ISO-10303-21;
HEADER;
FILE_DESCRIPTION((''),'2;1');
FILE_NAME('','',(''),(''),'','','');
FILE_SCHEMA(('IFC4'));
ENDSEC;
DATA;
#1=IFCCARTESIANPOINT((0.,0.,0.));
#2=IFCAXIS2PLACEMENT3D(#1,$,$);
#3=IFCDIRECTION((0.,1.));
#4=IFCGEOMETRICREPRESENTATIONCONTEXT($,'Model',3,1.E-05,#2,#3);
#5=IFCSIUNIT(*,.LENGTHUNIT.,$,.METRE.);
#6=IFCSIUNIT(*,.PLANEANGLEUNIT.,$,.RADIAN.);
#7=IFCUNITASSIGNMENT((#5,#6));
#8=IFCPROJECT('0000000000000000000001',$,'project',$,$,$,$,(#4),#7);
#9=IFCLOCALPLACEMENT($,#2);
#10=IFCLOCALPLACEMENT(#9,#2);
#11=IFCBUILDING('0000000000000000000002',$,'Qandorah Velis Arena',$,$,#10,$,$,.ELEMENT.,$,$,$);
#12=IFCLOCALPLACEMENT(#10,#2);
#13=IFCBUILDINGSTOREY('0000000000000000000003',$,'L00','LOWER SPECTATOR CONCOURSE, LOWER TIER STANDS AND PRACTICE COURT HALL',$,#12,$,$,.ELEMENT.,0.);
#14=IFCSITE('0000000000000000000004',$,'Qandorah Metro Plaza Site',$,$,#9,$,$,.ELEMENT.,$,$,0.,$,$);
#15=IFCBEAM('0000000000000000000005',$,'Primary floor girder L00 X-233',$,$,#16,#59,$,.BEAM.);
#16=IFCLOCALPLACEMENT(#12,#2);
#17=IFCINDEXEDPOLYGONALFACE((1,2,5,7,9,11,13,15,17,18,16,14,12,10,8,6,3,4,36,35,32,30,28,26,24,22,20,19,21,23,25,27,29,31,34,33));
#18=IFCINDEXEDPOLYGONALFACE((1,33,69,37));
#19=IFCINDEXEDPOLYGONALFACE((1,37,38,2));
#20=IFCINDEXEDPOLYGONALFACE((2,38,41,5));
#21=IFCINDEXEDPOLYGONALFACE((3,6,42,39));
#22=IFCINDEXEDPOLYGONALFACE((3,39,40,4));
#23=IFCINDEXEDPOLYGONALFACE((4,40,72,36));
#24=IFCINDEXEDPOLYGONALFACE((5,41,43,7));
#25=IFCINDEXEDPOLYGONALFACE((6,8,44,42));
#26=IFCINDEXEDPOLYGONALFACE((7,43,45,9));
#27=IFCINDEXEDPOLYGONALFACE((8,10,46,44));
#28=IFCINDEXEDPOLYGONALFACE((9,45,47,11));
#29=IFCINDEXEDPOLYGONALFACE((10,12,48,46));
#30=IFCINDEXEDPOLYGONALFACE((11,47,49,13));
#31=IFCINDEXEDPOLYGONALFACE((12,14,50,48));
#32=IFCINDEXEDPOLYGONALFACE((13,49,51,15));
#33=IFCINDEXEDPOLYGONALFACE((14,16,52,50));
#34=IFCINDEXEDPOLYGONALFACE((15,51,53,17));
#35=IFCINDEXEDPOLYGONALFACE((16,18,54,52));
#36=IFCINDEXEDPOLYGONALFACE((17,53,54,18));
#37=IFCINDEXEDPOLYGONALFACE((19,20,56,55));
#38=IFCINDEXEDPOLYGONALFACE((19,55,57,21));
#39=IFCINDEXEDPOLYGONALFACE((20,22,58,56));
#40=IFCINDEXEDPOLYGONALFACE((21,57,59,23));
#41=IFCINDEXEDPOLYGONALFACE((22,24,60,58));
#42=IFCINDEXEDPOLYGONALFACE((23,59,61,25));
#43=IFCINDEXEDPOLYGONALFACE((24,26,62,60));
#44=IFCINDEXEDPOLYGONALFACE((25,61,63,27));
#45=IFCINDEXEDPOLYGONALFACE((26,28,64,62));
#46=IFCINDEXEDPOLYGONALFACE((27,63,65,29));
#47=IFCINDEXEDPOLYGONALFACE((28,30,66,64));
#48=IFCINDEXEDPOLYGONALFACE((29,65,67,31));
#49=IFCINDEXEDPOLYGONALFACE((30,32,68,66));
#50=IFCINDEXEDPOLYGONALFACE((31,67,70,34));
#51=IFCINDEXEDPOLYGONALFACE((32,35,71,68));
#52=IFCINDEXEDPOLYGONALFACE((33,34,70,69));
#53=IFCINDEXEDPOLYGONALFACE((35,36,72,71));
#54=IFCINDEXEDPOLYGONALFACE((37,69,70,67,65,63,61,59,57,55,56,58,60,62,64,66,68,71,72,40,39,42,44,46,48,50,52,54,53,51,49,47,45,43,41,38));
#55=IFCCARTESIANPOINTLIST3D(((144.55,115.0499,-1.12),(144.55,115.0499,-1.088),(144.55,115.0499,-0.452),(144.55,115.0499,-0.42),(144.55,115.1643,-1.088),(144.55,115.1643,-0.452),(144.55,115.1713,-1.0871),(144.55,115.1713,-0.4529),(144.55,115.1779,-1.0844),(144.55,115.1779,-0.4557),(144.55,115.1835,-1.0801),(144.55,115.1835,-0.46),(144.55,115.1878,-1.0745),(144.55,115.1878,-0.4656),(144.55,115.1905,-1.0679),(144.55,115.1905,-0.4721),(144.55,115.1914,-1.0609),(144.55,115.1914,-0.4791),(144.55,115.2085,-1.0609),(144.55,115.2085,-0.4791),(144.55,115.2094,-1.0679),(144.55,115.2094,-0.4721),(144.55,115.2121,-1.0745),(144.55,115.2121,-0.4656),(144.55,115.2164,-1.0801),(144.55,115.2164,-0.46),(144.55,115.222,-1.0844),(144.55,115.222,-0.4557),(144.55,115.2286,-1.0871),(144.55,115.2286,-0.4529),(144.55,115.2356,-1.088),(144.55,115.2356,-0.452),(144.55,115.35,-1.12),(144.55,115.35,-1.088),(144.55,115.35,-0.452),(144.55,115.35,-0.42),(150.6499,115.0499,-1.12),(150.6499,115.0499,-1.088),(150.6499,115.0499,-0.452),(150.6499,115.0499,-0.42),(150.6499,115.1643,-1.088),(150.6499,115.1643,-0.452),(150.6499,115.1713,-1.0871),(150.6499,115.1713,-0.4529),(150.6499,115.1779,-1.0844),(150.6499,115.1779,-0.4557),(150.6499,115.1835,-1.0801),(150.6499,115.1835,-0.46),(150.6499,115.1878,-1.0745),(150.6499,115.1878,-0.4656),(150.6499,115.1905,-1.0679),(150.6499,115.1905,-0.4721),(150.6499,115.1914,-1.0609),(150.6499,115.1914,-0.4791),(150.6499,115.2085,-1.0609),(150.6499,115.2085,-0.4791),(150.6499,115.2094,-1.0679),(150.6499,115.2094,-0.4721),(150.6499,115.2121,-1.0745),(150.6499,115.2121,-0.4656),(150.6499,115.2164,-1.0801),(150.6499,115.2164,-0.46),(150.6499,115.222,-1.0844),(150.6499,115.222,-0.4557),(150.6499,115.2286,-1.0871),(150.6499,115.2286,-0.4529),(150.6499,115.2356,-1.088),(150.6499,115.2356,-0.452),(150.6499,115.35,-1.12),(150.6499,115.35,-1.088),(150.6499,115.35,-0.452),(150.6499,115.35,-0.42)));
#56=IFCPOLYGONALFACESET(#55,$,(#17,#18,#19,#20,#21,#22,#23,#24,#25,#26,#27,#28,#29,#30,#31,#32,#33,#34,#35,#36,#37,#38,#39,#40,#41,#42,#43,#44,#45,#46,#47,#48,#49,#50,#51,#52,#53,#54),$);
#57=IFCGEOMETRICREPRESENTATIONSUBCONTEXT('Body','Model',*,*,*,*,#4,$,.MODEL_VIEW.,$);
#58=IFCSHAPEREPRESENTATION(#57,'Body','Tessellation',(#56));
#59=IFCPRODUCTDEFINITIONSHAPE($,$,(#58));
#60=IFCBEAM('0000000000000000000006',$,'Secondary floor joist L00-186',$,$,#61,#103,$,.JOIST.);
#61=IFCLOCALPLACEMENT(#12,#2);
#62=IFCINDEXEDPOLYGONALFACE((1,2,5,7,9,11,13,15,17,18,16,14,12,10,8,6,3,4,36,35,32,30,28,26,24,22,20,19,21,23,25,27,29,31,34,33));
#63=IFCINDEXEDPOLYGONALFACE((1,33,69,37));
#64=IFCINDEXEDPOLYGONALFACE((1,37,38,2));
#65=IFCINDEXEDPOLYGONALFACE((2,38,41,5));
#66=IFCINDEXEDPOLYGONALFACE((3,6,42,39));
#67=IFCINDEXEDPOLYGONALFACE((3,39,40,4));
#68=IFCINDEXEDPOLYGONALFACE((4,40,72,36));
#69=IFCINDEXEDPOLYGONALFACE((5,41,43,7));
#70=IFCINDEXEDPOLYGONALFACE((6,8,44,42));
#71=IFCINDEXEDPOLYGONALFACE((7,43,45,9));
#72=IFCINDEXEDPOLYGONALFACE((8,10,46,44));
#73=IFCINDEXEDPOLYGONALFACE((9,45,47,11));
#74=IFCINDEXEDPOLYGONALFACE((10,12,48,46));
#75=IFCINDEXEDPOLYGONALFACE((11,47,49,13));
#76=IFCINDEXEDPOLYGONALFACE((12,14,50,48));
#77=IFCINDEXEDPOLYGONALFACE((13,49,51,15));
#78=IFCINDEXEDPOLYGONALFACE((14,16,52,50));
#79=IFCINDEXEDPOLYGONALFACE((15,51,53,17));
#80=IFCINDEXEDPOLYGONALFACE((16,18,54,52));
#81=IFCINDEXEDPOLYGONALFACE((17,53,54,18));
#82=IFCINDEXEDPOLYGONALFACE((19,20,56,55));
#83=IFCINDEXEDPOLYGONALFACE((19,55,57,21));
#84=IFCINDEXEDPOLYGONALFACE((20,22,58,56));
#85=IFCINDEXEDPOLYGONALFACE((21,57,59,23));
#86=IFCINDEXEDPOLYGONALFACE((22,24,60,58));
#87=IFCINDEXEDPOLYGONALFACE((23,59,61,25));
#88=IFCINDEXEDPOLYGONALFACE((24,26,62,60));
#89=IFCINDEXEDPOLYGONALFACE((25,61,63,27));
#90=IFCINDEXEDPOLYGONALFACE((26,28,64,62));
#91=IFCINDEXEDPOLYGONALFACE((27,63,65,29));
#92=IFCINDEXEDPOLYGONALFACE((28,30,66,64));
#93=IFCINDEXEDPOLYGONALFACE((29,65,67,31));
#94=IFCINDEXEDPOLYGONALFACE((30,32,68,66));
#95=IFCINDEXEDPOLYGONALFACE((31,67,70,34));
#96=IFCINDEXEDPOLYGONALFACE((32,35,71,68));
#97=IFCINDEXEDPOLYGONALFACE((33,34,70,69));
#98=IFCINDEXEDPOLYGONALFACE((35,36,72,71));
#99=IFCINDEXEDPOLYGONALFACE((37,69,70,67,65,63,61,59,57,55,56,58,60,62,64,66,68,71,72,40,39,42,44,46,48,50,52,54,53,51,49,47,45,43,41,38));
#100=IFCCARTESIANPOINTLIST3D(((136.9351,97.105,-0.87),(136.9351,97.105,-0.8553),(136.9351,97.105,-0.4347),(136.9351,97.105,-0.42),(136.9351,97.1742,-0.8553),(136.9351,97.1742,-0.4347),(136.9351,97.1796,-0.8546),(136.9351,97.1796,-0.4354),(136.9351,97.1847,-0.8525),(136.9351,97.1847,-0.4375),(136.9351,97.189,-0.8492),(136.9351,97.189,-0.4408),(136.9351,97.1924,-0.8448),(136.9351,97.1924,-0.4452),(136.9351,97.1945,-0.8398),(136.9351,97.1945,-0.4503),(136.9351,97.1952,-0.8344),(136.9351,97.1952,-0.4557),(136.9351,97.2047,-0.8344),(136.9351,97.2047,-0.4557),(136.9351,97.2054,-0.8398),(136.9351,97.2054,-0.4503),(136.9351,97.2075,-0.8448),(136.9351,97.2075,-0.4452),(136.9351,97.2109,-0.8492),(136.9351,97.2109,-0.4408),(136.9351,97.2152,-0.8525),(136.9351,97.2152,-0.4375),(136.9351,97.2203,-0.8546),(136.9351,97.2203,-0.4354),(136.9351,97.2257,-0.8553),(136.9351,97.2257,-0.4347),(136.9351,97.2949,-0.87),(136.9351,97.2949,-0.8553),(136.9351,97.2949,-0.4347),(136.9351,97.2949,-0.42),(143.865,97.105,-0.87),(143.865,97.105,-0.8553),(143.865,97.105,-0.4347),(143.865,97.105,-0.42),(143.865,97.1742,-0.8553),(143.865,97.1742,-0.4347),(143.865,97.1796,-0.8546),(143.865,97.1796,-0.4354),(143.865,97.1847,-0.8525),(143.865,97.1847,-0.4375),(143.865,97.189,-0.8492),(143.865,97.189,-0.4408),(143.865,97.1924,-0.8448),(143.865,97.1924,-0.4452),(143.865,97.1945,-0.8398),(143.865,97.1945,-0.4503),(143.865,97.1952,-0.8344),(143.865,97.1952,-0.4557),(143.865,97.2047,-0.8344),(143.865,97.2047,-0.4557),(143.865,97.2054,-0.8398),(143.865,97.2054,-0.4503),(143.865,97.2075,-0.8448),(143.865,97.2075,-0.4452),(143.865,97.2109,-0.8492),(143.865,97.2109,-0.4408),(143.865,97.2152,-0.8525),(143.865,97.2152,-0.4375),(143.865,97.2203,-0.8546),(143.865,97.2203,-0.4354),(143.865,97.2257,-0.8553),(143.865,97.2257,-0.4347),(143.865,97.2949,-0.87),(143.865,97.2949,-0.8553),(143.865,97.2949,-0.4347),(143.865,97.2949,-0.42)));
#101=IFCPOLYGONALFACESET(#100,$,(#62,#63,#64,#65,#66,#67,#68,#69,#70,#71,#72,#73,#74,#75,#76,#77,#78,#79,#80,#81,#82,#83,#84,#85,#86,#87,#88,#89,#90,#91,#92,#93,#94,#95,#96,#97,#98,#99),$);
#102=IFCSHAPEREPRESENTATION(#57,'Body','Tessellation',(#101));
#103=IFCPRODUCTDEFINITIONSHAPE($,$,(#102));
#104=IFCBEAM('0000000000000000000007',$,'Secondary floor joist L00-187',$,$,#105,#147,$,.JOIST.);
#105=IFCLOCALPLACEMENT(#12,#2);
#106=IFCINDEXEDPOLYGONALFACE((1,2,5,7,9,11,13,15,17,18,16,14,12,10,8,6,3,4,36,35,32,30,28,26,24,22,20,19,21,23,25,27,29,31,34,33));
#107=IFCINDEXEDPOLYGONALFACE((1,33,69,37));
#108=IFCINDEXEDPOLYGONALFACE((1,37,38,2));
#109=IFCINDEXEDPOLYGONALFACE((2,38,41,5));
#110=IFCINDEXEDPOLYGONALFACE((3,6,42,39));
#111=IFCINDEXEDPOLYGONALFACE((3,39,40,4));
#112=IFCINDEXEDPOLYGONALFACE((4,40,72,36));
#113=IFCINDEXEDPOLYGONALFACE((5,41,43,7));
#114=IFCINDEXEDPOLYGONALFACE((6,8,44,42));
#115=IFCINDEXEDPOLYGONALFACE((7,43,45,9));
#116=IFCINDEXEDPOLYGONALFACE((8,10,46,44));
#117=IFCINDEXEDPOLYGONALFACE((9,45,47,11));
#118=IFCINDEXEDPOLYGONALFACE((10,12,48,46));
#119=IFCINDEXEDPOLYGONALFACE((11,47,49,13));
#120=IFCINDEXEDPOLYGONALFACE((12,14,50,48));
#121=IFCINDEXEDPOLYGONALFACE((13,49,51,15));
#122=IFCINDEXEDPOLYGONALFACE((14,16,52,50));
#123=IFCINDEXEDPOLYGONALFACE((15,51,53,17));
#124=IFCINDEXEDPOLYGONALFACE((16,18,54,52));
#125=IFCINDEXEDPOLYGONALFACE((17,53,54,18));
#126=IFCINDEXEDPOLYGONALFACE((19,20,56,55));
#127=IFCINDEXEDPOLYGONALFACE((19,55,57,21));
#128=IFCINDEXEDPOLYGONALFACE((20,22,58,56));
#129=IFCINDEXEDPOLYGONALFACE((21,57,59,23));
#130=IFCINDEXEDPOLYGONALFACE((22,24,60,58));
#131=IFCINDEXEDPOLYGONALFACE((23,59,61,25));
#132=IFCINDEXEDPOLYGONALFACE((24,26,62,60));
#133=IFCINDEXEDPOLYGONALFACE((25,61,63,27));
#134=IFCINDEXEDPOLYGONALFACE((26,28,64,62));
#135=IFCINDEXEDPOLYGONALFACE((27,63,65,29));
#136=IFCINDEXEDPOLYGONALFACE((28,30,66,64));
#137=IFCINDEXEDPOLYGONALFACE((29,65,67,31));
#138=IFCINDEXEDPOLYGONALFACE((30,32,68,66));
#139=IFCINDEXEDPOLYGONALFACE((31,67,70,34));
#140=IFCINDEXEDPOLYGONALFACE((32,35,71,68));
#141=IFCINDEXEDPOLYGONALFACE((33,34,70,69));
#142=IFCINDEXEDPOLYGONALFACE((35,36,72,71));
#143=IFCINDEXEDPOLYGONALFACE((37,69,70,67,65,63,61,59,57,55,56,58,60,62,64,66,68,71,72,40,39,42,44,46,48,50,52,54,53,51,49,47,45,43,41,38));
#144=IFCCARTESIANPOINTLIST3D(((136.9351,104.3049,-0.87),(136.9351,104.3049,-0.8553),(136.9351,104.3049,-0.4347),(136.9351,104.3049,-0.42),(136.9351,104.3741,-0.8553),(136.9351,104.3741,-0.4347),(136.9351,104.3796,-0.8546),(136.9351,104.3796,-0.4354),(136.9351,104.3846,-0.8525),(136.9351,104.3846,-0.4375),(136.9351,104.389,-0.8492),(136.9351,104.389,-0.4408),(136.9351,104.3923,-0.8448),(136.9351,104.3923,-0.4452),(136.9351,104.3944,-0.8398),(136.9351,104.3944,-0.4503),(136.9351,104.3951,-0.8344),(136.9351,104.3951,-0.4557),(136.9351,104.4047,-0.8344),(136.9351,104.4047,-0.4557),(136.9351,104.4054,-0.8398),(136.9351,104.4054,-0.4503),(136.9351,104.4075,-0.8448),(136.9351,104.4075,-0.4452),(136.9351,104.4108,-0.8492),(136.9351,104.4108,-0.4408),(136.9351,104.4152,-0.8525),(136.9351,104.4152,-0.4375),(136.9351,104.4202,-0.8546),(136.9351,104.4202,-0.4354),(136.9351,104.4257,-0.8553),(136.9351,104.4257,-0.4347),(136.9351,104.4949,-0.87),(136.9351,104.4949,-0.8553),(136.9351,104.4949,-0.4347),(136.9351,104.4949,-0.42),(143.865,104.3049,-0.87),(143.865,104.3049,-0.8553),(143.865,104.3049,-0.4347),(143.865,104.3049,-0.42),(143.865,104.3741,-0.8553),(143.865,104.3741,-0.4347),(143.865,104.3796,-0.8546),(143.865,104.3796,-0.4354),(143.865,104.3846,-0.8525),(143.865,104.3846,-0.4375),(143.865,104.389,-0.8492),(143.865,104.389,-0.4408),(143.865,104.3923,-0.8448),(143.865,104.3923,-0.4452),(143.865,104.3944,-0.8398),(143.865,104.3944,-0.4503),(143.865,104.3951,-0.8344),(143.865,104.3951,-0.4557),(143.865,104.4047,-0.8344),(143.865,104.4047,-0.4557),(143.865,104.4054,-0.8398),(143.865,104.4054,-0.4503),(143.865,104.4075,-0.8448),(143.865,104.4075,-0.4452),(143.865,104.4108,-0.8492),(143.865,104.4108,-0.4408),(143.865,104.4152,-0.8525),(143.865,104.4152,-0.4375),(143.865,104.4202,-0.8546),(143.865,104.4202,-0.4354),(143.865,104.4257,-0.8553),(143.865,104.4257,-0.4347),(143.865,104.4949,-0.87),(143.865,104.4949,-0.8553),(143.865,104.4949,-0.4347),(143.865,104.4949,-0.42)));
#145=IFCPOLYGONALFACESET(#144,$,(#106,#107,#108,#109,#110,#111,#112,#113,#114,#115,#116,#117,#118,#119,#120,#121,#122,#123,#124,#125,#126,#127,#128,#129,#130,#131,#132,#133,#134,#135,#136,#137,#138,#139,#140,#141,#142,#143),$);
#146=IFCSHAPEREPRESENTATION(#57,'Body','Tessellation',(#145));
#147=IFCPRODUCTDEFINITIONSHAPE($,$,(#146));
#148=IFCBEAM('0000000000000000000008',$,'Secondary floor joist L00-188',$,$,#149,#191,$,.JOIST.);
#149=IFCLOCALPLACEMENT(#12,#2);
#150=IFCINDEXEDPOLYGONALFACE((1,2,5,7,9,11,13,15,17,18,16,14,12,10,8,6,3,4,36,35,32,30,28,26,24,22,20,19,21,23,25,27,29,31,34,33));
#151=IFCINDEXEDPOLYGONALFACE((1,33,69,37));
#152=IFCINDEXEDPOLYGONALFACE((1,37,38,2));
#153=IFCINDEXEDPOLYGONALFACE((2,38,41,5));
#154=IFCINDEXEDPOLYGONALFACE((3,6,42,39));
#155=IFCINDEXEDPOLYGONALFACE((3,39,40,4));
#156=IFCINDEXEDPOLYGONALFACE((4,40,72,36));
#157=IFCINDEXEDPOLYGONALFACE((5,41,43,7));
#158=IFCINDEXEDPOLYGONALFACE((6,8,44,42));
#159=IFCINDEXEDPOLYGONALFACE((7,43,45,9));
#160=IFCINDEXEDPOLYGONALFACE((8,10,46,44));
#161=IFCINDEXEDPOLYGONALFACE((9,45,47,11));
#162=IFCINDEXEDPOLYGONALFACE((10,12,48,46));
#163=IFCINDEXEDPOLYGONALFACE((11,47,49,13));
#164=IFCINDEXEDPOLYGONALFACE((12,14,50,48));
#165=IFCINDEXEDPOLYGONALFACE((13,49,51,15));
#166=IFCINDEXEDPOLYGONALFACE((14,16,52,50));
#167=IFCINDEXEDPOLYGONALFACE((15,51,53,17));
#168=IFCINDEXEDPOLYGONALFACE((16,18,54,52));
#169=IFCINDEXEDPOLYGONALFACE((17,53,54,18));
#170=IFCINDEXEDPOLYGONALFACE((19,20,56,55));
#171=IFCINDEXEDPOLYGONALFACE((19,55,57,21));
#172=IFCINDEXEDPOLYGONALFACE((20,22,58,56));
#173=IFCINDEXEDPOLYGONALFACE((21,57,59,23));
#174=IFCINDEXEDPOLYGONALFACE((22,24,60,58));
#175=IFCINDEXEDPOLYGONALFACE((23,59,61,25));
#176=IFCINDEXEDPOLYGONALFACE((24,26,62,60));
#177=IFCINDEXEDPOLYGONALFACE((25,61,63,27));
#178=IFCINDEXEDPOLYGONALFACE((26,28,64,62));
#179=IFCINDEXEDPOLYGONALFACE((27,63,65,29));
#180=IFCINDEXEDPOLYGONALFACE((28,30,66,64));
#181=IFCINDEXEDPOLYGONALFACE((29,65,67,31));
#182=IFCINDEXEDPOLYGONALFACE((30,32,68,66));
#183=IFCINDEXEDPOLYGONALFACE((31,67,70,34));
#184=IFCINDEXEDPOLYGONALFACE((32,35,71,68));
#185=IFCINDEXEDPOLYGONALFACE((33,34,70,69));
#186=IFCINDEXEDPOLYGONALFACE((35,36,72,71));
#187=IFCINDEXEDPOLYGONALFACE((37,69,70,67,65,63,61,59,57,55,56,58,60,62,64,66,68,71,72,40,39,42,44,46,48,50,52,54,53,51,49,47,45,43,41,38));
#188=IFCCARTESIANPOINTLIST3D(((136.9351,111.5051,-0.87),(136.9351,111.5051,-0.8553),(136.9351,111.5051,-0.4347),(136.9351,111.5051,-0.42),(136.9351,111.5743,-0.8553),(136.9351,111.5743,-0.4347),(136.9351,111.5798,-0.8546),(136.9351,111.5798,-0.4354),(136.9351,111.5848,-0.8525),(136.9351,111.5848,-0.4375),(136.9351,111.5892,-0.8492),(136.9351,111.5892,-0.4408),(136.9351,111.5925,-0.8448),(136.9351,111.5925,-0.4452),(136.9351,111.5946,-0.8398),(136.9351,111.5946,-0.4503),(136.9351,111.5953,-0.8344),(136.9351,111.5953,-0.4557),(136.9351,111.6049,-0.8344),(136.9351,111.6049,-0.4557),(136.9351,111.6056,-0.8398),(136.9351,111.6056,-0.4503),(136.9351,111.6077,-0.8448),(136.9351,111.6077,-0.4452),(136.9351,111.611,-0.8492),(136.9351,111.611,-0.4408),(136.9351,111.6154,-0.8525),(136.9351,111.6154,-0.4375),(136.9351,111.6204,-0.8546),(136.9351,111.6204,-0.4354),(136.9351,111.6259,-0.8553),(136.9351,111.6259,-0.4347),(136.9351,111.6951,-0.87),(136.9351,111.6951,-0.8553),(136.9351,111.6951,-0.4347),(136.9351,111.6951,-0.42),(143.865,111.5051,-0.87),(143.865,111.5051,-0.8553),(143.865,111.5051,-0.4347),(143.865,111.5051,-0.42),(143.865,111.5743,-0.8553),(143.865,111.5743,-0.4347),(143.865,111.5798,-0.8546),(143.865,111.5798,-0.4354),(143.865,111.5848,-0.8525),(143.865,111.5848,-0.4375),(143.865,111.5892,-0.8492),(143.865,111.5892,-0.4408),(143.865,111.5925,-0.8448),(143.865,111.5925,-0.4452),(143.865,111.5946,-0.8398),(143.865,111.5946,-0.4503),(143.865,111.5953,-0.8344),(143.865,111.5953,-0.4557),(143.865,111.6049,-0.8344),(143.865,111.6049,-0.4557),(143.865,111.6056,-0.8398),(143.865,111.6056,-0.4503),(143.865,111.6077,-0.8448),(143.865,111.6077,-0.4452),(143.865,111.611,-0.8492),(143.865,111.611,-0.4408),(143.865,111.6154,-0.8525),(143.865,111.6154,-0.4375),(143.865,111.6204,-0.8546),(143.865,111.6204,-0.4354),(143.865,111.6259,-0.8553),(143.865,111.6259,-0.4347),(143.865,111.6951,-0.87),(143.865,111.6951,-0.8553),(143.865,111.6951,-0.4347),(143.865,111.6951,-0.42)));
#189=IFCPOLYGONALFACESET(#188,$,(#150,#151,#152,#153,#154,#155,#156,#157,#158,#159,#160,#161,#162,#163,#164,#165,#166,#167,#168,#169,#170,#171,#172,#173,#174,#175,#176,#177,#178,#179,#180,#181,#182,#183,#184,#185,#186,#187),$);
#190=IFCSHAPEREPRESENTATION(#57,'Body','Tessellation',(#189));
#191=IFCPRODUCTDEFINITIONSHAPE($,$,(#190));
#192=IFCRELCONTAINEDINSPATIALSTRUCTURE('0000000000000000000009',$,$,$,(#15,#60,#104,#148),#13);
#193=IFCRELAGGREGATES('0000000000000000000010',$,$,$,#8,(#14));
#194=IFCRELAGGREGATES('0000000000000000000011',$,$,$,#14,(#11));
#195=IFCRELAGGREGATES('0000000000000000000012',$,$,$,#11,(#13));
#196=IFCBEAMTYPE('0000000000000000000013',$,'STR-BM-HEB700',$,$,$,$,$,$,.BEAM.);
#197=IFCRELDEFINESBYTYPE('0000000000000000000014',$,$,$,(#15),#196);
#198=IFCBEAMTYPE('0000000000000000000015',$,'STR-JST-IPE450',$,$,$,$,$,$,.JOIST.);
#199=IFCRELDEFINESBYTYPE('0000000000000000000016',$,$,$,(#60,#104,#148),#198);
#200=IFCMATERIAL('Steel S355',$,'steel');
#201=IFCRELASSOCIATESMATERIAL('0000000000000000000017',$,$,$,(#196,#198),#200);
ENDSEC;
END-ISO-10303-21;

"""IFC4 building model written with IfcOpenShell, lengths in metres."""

from ifc_helpers import new_model, si_unit, direction, frame, origin, origin_2d, place, context, subcontext, project, spatial, i_section, extrude, material, material_profile, profile_set, type_object, element, save


model = new_model("IFC4")

# Units and contexts
model_context = context("Model", 3, precision=1e-05, world=origin(), true_north=direction((0.0, 1.0)))
body_context = subcontext(model_context, "Body", "Model", "MODEL_VIEW")
ifc_project = project(units=[si_unit("LENGTHUNIT", "METRE"), si_unit("PLANEANGLEUNIT", "RADIAN")], contexts=[model_context])

# Site, building, storey
site_placement = place(None, origin())
site = spatial("IfcSite", under=ifc_project, at=site_placement, Name="Qandorah Metro Plaza Site", CompositionType="ELEMENT", RefElevation=0.0)
building_placement = place(site_placement, origin())
building = spatial("IfcBuilding", under=site, at=building_placement, Name="Qandorah Velis Arena", CompositionType="ELEMENT")
storey_placement = place(building_placement, origin())
storey = spatial("IfcBuildingStorey", under=building, at=storey_placement, Name="L00", Description="LOWER SPECTATOR CONCOURSE, LOWER TIER STANDS AND PRACTICE COURT HALL", CompositionType="ELEMENT", Elevation=0.0)

# Beams
ifc_material_1 = material(Name="Steel S355", Category="steel")
ifc_material_profile_1 = material_profile(ifc_material_1, i_section(OverallWidth=0.3, OverallDepth=0.7, WebThickness=0.0171, FlangeThickness=0.032, FilletRadius=0.0271, at=origin_2d()), Name="HEB 700")
ifc_profile_set_1 = profile_set([ifc_material_profile_1], Name="Steel S355")
beam_type_1 = type_object("IfcBeamType", Name="STR-BM-HEB700", PredefinedType="BEAM", material=ifc_profile_set_1)
for number, where, z_axis, x_axis, name in (
    (1, (144.55, 115.2, -0.77), (1.0, 0.0, 0.0), (0.0, 1.0, 0.0), "Primary floor girder L00 X-233"),
):
    element("IfcBeam", number, at=place(storey_placement, frame(where, z_axis=z_axis, x_axis=x_axis)), inside=storey, type_object=beam_type_1, Name=name, PredefinedType="BEAM", context=body_context, shape_type="SweptSolid", body=[
        extrude(i_section(OverallWidth=0.3, OverallDepth=0.7, WebThickness=0.0171, FlangeThickness=0.032, FilletRadius=0.0271, at=origin_2d()), origin(), (0.0, 0.0, 1.0), 6.0999),
    ])
ifc_material_profile_2 = material_profile(ifc_material_1, i_section(OverallWidth=0.1899, OverallDepth=0.45, WebThickness=0.0095, FlangeThickness=0.0146, FilletRadius=0.021, at=origin_2d()), Name="IPE 450")
ifc_profile_set_2 = profile_set([ifc_material_profile_2], Name="Steel S355")
beam_type_2 = type_object("IfcBeamType", Name="STR-JST-IPE450", PredefinedType="JOIST", material=ifc_profile_set_2)
for number, where, z_axis, x_axis, name in (
    (2, (136.9351, 97.2, -0.645), (1.0, 0.0, 0.0), (0.0, 1.0, 0.0), "Secondary floor joist L00-186"),
    (3, (136.9351, 104.3999, -0.645), (1.0, 0.0, 0.0), (0.0, 1.0, 0.0), "Secondary floor joist L00-187"),
    (4, (136.9351, 111.6001, -0.645), (1.0, 0.0, 0.0), (0.0, 1.0, 0.0), "Secondary floor joist L00-188"),
):
    element("IfcBeam", number, at=place(storey_placement, frame(where, z_axis=z_axis, x_axis=x_axis)), inside=storey, type_object=beam_type_2, Name=name, PredefinedType="JOIST", context=body_context, shape_type="SweptSolid", body=[
        extrude(i_section(OverallWidth=0.1899, OverallDepth=0.45, WebThickness=0.0095, FlangeThickness=0.0146, FilletRadius=0.021, at=origin_2d()), origin(), (0.0, 0.0, 1.0), 6.9299),
    ])

save(model, "model.ifc")
